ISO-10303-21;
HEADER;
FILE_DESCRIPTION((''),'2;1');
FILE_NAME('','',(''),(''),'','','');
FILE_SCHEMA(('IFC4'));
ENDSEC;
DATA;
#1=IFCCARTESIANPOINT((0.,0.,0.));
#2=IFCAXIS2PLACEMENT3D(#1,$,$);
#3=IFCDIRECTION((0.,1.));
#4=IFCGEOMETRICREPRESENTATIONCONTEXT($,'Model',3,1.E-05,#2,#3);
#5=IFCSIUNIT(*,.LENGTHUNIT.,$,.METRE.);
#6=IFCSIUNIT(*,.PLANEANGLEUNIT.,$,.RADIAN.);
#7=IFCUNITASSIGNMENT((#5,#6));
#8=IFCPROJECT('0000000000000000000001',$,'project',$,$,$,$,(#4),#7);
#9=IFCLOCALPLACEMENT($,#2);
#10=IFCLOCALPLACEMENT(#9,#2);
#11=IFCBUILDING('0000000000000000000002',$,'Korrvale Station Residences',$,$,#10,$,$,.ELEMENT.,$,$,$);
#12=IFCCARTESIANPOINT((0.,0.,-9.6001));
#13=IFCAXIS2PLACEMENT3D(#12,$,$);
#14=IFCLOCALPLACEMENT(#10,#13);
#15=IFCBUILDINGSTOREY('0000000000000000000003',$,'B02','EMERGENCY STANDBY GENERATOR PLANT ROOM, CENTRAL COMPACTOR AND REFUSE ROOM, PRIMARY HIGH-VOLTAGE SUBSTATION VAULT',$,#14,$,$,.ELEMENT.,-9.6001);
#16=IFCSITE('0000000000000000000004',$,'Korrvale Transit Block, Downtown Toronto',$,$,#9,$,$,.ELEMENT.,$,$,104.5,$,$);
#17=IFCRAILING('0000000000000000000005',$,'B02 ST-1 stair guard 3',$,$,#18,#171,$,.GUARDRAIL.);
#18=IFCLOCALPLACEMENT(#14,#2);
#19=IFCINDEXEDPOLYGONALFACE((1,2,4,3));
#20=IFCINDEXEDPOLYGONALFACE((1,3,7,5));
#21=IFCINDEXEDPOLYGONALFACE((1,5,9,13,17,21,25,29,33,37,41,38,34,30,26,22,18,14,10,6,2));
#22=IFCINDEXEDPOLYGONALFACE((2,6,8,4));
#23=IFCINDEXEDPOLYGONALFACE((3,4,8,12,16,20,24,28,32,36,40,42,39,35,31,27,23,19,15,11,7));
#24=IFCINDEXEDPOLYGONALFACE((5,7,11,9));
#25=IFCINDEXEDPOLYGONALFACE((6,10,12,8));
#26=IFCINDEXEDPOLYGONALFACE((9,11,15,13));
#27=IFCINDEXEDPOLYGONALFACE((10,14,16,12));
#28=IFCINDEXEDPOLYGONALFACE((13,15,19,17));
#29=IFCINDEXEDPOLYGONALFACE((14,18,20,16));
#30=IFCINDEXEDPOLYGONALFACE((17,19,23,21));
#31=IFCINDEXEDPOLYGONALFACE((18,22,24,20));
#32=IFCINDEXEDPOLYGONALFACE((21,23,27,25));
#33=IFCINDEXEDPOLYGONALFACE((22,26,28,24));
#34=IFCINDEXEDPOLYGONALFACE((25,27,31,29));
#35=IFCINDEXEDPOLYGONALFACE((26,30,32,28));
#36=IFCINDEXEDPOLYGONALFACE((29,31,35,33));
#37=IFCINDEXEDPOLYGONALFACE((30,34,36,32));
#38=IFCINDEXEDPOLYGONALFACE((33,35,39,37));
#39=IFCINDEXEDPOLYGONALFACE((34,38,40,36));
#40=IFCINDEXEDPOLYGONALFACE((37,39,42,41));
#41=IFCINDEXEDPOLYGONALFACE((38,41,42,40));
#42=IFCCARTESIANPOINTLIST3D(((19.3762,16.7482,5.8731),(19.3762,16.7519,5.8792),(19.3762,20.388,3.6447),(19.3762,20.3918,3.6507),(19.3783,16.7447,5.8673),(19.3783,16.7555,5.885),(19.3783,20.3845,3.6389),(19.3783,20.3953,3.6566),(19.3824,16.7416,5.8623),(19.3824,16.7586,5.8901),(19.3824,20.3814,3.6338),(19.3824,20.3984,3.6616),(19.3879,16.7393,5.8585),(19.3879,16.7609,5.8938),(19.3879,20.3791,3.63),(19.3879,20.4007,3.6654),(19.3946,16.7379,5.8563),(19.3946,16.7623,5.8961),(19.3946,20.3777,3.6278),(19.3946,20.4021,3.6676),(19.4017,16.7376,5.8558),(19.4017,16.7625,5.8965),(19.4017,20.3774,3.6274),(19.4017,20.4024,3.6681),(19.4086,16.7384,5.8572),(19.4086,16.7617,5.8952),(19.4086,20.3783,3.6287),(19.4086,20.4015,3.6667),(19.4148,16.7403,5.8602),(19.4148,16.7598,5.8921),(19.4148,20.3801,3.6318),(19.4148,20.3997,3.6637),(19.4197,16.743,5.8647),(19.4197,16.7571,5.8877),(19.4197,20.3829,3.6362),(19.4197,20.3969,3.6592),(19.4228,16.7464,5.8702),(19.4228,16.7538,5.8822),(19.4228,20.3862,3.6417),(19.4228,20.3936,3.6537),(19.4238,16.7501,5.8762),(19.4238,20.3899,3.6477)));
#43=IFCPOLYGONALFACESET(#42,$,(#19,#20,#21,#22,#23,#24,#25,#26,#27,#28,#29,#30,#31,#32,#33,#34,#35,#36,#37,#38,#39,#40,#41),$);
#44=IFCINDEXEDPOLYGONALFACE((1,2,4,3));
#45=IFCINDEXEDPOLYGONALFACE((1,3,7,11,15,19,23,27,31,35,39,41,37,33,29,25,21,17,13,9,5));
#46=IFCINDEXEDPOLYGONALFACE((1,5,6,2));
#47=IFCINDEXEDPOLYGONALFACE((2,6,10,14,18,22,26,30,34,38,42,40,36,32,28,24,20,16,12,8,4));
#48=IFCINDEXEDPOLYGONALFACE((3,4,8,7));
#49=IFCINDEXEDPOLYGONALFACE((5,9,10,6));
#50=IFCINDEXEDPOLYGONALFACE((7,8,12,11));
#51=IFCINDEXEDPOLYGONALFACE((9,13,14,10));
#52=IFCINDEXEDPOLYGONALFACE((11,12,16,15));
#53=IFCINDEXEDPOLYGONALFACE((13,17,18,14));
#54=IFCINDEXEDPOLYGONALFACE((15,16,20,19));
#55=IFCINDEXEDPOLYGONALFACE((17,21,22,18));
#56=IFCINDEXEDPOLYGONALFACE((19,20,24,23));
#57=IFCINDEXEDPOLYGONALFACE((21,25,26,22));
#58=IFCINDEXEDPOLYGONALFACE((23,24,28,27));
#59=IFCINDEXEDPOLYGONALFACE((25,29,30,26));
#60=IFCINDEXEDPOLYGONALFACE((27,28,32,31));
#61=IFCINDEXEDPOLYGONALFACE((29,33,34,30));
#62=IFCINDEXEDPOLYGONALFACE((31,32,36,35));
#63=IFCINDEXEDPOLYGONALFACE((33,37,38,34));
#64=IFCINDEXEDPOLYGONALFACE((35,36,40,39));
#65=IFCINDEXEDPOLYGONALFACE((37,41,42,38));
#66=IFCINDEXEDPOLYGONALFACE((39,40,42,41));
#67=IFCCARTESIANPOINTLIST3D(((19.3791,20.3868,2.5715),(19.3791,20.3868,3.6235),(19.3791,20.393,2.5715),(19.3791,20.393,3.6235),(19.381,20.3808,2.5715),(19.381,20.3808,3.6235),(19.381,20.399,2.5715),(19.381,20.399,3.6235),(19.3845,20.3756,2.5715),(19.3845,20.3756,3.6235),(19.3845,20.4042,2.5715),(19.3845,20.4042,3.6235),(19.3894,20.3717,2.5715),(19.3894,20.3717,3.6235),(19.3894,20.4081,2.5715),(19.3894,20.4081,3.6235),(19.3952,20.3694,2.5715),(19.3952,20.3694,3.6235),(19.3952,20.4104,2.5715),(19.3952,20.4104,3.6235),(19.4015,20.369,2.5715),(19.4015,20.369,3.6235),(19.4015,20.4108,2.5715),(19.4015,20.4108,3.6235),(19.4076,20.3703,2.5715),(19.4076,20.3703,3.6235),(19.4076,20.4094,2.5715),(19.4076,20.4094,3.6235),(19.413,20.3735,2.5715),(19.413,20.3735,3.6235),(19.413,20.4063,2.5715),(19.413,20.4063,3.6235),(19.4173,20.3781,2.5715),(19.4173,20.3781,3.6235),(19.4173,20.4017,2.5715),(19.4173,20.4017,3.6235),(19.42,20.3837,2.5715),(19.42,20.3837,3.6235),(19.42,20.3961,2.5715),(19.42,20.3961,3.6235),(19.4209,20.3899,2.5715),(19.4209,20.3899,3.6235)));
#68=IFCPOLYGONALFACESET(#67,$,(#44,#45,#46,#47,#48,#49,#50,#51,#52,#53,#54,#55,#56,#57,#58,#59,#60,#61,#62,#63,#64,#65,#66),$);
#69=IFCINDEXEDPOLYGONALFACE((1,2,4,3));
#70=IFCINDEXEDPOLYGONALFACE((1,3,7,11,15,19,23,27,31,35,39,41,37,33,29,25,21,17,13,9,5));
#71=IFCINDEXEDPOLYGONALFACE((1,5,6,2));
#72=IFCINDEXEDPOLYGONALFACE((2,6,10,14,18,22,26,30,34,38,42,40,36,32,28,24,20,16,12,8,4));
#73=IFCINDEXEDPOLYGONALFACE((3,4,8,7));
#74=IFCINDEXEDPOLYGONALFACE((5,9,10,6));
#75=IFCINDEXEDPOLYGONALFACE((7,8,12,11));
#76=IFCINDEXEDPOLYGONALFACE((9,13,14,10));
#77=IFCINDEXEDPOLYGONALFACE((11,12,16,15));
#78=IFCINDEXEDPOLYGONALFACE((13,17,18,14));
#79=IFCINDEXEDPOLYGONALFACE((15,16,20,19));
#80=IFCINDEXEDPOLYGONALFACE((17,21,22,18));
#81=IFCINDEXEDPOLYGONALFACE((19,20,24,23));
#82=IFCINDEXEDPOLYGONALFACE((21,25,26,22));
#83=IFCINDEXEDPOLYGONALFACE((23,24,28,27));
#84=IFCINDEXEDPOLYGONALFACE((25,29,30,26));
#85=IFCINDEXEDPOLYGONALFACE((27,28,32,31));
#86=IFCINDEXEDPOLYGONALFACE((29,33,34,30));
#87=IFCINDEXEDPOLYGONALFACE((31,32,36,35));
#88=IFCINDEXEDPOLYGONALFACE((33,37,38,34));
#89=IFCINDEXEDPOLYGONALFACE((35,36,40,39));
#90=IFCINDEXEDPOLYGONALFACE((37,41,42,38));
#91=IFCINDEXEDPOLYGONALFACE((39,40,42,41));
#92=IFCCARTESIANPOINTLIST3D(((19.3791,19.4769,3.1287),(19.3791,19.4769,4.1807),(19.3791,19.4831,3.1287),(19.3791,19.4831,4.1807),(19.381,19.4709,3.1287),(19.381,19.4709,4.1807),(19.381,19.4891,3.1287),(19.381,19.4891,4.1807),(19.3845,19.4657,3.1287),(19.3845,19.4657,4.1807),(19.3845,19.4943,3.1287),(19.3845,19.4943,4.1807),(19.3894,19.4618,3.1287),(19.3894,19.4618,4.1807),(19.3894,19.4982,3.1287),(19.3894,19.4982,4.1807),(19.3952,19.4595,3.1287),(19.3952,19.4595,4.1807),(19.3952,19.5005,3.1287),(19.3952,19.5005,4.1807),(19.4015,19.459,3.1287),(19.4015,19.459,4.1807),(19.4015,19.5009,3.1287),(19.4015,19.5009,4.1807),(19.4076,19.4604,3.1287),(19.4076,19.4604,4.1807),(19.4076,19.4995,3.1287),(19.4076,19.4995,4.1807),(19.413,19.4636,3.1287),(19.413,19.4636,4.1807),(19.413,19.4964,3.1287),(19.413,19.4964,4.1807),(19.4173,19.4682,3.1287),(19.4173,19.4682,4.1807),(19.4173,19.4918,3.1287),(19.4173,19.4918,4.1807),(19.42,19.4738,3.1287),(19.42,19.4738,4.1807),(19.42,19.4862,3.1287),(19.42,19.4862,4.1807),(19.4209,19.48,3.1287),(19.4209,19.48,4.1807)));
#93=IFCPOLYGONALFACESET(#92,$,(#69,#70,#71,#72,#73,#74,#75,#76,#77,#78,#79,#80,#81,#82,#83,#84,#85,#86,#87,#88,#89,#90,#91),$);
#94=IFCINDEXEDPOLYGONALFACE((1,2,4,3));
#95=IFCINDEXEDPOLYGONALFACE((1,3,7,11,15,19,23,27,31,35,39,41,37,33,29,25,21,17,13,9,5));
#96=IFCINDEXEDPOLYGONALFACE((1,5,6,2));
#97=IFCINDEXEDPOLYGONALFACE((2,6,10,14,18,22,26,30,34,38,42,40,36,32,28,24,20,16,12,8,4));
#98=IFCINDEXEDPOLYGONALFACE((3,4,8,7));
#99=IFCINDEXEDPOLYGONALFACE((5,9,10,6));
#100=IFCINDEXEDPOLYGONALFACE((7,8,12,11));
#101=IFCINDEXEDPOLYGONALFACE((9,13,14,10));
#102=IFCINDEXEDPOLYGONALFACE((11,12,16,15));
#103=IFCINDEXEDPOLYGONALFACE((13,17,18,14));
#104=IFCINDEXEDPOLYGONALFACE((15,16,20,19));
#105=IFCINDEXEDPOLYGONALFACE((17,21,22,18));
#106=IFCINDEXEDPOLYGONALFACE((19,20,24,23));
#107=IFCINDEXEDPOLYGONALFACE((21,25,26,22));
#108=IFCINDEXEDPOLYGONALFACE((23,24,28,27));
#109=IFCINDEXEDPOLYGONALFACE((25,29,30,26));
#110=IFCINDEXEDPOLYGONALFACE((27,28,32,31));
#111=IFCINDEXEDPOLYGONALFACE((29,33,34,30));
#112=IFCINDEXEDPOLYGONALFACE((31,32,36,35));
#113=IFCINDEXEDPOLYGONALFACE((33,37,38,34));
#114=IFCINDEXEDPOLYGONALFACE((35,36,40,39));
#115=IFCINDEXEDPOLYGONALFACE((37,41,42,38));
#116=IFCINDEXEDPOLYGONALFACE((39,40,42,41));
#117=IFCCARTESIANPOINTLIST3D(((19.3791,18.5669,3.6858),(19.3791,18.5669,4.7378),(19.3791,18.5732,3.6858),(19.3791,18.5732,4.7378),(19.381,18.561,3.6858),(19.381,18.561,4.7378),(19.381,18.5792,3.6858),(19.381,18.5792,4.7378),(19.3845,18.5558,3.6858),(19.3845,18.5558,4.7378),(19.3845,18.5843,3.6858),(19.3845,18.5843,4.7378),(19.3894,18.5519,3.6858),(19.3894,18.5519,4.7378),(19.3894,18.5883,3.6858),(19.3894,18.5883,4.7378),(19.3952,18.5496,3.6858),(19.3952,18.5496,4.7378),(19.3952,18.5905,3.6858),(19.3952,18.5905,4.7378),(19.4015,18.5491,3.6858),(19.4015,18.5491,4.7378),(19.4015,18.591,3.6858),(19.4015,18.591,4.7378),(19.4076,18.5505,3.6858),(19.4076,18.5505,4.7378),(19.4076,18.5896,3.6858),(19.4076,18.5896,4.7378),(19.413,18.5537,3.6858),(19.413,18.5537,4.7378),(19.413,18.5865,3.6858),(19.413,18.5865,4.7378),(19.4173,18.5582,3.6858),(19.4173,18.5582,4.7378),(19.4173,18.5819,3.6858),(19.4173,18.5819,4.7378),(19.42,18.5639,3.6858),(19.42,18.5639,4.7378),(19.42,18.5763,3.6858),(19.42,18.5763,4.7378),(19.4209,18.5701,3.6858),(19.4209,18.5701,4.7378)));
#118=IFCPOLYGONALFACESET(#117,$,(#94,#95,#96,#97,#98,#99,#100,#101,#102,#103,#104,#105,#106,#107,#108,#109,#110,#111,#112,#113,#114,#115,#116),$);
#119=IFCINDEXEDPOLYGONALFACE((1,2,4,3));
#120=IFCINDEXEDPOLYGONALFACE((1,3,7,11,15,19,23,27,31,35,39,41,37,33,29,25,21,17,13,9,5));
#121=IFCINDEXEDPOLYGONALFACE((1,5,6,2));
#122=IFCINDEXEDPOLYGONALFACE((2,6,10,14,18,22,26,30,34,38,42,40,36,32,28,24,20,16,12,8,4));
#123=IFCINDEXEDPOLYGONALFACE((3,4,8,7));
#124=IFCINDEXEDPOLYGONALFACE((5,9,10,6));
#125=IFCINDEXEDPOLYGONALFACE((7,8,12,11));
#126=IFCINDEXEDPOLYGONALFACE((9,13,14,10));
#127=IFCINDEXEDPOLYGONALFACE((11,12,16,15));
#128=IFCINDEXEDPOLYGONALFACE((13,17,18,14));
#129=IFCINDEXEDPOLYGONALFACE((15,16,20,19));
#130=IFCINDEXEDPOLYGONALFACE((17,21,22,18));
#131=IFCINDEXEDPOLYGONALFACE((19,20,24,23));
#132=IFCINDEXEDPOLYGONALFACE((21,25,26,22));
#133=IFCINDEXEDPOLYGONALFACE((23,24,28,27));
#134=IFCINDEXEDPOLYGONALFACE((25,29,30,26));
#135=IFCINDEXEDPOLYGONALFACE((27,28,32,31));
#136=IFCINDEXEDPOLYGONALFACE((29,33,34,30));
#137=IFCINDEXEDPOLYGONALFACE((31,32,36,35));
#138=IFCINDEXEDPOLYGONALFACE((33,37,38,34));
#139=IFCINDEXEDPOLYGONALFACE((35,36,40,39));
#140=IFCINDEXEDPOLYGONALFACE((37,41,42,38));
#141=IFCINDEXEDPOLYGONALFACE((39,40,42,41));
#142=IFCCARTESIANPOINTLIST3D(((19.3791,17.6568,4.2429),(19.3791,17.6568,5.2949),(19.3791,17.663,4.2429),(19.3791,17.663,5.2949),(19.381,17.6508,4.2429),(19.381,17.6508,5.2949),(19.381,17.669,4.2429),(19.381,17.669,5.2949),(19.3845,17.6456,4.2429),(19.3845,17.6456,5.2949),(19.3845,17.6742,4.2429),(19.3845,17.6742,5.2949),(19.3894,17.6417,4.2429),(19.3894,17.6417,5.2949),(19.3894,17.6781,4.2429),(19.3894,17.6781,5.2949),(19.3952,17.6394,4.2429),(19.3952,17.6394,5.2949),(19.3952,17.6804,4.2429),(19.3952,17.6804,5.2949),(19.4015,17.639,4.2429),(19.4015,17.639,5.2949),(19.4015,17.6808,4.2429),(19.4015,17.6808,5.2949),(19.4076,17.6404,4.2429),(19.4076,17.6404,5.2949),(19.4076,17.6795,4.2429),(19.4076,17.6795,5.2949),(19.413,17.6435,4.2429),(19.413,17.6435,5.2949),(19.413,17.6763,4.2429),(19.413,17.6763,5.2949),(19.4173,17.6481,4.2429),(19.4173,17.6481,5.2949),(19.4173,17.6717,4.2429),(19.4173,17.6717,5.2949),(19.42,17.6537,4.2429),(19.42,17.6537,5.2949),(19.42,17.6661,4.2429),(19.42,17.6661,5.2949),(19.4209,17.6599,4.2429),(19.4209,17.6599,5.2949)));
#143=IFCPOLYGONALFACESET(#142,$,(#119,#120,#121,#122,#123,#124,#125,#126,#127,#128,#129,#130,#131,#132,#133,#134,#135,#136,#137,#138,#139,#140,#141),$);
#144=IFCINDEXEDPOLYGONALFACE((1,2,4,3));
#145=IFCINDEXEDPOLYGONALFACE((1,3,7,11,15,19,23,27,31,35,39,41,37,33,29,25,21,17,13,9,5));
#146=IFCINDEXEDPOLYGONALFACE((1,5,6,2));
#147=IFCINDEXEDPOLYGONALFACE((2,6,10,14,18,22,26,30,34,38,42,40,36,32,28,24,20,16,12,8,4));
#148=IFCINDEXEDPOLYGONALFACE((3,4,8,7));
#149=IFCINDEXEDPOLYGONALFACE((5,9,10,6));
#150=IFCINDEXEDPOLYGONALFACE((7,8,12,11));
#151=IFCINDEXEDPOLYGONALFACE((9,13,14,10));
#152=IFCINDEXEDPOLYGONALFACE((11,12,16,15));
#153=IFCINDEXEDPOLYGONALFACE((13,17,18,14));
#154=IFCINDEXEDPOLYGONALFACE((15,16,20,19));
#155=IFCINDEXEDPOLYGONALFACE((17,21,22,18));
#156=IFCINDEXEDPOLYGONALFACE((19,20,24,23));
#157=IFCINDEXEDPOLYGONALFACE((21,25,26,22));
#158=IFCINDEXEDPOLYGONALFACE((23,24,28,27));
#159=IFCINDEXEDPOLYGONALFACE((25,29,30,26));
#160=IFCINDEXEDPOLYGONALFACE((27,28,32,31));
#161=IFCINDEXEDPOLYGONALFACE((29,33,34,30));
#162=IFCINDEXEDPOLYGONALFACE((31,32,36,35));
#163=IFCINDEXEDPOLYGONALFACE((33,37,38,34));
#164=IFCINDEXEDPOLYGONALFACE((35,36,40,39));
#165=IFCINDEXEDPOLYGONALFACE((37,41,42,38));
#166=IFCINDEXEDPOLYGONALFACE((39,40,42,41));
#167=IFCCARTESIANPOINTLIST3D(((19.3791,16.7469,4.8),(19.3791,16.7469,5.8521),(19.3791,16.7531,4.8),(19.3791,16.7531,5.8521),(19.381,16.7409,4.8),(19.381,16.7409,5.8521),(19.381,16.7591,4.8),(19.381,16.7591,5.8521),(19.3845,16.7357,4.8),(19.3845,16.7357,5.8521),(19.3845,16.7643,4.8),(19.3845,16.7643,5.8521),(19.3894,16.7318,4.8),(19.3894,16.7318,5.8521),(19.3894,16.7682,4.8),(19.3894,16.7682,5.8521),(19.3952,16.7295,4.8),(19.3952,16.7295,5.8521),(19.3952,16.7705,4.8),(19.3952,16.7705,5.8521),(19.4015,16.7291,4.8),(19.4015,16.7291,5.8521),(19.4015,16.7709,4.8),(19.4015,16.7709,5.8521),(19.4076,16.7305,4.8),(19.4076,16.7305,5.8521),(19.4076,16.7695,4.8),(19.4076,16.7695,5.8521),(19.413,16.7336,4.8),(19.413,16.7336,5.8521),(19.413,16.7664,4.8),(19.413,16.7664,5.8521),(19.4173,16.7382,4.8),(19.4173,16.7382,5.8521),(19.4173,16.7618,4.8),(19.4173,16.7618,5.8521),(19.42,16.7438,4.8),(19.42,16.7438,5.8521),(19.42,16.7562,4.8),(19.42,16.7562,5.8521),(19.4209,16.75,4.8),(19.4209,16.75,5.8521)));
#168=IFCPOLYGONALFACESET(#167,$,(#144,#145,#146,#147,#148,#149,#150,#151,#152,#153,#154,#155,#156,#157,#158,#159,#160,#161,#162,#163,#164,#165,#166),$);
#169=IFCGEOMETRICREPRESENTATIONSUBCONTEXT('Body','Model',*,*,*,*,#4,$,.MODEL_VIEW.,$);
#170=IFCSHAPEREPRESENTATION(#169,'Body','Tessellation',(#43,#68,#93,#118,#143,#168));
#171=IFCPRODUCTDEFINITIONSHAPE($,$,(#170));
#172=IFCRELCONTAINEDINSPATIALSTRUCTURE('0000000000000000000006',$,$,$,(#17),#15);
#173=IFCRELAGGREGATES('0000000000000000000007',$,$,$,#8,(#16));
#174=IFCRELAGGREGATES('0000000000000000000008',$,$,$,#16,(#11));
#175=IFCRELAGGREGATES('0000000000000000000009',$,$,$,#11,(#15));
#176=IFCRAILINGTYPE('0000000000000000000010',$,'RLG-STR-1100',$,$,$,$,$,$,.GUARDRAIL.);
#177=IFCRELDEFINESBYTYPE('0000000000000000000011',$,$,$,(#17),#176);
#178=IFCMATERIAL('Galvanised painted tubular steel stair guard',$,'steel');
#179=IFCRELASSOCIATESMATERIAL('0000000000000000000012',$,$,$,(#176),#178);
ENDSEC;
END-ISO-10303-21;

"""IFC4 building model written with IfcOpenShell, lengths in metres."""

from ifc_helpers import new_model, si_unit, direction, frame, origin, origin_2d, place, context, subcontext, project, spatial, circle, extrude, material, type_object, element, save


model = new_model("IFC4")

# Units and contexts
model_context = context("Model", 3, precision=1e-05, world=origin(), true_north=direction((0.0, 1.0)))
body_context = subcontext(model_context, "Body", "Model", "MODEL_VIEW")
ifc_project = project(units=[si_unit("LENGTHUNIT", "METRE"), si_unit("PLANEANGLEUNIT", "RADIAN")], contexts=[model_context])

# Site, building, storey
site_placement = place(None, origin())
site = spatial("IfcSite", under=ifc_project, at=site_placement, Name="Korrvale Transit Block, Downtown Toronto", CompositionType="ELEMENT", RefElevation=104.5)
building_placement = place(site_placement, origin())
building = spatial("IfcBuilding", under=site, at=building_placement, Name="Korrvale Station Residences", CompositionType="ELEMENT")
storey_placement = place(building_placement, frame((0.0, 0.0, -9.6001)))
storey = spatial("IfcBuildingStorey", under=building, at=storey_placement, Name="B02", Description="EMERGENCY STANDBY GENERATOR PLANT ROOM, CENTRAL COMPACTOR AND REFUSE ROOM, PRIMARY HIGH-VOLTAGE SUBSTATION VAULT", CompositionType="ELEMENT", Elevation=-9.6001)

# Railing
ifc_material_1 = material(Name="Galvanised painted tubular steel stair guard", Category="steel")
railing_type_1 = type_object("IfcRailingType", Name="RLG-STR-1100", PredefinedType="GUARDRAIL", material=ifc_material_1)
railing_1_placement = place(storey_placement, frame((19.3999, 20.3899, 2.5715)))
element("IfcRailing", 1, at=railing_1_placement, inside=storey, type_object=railing_type_1, Name="B02 ST-1 stair guard 3", PredefinedType="GUARDRAIL", context=body_context, shape_type="SweptSolid", body=[
    extrude(circle(Radius=0.0239, at=origin_2d()), frame((0.0, 0.0, 1.0762), z_axis=(0.0, -0.85285, 0.522156), x_axis=(1.0, 0.0, 0.0)), (0.0, 0.0, 1.0), 4.2678),
    extrude(circle(Radius=0.021, at=origin_2d()), origin(), (0.0, 0.0, 1.0), 1.052),
    extrude(circle(Radius=0.021, at=origin_2d()), frame((0.0, -0.9099, 0.5571)), (0.0, 0.0, 1.0), 1.052),
    extrude(circle(Radius=0.021, at=origin_2d()), frame((0.0, -1.8198, 1.1143)), (0.0, 0.0, 1.0), 1.052),
    extrude(circle(Radius=0.021, at=origin_2d()), frame((0.0, -2.73, 1.6714)), (0.0, 0.0, 1.0), 1.052),
    extrude(circle(Radius=0.021, at=origin_2d()), frame((0.0, -3.6399, 2.2285)), (0.0, 0.0, 1.0), 1.052),
])

save(model, "model.ifc")
